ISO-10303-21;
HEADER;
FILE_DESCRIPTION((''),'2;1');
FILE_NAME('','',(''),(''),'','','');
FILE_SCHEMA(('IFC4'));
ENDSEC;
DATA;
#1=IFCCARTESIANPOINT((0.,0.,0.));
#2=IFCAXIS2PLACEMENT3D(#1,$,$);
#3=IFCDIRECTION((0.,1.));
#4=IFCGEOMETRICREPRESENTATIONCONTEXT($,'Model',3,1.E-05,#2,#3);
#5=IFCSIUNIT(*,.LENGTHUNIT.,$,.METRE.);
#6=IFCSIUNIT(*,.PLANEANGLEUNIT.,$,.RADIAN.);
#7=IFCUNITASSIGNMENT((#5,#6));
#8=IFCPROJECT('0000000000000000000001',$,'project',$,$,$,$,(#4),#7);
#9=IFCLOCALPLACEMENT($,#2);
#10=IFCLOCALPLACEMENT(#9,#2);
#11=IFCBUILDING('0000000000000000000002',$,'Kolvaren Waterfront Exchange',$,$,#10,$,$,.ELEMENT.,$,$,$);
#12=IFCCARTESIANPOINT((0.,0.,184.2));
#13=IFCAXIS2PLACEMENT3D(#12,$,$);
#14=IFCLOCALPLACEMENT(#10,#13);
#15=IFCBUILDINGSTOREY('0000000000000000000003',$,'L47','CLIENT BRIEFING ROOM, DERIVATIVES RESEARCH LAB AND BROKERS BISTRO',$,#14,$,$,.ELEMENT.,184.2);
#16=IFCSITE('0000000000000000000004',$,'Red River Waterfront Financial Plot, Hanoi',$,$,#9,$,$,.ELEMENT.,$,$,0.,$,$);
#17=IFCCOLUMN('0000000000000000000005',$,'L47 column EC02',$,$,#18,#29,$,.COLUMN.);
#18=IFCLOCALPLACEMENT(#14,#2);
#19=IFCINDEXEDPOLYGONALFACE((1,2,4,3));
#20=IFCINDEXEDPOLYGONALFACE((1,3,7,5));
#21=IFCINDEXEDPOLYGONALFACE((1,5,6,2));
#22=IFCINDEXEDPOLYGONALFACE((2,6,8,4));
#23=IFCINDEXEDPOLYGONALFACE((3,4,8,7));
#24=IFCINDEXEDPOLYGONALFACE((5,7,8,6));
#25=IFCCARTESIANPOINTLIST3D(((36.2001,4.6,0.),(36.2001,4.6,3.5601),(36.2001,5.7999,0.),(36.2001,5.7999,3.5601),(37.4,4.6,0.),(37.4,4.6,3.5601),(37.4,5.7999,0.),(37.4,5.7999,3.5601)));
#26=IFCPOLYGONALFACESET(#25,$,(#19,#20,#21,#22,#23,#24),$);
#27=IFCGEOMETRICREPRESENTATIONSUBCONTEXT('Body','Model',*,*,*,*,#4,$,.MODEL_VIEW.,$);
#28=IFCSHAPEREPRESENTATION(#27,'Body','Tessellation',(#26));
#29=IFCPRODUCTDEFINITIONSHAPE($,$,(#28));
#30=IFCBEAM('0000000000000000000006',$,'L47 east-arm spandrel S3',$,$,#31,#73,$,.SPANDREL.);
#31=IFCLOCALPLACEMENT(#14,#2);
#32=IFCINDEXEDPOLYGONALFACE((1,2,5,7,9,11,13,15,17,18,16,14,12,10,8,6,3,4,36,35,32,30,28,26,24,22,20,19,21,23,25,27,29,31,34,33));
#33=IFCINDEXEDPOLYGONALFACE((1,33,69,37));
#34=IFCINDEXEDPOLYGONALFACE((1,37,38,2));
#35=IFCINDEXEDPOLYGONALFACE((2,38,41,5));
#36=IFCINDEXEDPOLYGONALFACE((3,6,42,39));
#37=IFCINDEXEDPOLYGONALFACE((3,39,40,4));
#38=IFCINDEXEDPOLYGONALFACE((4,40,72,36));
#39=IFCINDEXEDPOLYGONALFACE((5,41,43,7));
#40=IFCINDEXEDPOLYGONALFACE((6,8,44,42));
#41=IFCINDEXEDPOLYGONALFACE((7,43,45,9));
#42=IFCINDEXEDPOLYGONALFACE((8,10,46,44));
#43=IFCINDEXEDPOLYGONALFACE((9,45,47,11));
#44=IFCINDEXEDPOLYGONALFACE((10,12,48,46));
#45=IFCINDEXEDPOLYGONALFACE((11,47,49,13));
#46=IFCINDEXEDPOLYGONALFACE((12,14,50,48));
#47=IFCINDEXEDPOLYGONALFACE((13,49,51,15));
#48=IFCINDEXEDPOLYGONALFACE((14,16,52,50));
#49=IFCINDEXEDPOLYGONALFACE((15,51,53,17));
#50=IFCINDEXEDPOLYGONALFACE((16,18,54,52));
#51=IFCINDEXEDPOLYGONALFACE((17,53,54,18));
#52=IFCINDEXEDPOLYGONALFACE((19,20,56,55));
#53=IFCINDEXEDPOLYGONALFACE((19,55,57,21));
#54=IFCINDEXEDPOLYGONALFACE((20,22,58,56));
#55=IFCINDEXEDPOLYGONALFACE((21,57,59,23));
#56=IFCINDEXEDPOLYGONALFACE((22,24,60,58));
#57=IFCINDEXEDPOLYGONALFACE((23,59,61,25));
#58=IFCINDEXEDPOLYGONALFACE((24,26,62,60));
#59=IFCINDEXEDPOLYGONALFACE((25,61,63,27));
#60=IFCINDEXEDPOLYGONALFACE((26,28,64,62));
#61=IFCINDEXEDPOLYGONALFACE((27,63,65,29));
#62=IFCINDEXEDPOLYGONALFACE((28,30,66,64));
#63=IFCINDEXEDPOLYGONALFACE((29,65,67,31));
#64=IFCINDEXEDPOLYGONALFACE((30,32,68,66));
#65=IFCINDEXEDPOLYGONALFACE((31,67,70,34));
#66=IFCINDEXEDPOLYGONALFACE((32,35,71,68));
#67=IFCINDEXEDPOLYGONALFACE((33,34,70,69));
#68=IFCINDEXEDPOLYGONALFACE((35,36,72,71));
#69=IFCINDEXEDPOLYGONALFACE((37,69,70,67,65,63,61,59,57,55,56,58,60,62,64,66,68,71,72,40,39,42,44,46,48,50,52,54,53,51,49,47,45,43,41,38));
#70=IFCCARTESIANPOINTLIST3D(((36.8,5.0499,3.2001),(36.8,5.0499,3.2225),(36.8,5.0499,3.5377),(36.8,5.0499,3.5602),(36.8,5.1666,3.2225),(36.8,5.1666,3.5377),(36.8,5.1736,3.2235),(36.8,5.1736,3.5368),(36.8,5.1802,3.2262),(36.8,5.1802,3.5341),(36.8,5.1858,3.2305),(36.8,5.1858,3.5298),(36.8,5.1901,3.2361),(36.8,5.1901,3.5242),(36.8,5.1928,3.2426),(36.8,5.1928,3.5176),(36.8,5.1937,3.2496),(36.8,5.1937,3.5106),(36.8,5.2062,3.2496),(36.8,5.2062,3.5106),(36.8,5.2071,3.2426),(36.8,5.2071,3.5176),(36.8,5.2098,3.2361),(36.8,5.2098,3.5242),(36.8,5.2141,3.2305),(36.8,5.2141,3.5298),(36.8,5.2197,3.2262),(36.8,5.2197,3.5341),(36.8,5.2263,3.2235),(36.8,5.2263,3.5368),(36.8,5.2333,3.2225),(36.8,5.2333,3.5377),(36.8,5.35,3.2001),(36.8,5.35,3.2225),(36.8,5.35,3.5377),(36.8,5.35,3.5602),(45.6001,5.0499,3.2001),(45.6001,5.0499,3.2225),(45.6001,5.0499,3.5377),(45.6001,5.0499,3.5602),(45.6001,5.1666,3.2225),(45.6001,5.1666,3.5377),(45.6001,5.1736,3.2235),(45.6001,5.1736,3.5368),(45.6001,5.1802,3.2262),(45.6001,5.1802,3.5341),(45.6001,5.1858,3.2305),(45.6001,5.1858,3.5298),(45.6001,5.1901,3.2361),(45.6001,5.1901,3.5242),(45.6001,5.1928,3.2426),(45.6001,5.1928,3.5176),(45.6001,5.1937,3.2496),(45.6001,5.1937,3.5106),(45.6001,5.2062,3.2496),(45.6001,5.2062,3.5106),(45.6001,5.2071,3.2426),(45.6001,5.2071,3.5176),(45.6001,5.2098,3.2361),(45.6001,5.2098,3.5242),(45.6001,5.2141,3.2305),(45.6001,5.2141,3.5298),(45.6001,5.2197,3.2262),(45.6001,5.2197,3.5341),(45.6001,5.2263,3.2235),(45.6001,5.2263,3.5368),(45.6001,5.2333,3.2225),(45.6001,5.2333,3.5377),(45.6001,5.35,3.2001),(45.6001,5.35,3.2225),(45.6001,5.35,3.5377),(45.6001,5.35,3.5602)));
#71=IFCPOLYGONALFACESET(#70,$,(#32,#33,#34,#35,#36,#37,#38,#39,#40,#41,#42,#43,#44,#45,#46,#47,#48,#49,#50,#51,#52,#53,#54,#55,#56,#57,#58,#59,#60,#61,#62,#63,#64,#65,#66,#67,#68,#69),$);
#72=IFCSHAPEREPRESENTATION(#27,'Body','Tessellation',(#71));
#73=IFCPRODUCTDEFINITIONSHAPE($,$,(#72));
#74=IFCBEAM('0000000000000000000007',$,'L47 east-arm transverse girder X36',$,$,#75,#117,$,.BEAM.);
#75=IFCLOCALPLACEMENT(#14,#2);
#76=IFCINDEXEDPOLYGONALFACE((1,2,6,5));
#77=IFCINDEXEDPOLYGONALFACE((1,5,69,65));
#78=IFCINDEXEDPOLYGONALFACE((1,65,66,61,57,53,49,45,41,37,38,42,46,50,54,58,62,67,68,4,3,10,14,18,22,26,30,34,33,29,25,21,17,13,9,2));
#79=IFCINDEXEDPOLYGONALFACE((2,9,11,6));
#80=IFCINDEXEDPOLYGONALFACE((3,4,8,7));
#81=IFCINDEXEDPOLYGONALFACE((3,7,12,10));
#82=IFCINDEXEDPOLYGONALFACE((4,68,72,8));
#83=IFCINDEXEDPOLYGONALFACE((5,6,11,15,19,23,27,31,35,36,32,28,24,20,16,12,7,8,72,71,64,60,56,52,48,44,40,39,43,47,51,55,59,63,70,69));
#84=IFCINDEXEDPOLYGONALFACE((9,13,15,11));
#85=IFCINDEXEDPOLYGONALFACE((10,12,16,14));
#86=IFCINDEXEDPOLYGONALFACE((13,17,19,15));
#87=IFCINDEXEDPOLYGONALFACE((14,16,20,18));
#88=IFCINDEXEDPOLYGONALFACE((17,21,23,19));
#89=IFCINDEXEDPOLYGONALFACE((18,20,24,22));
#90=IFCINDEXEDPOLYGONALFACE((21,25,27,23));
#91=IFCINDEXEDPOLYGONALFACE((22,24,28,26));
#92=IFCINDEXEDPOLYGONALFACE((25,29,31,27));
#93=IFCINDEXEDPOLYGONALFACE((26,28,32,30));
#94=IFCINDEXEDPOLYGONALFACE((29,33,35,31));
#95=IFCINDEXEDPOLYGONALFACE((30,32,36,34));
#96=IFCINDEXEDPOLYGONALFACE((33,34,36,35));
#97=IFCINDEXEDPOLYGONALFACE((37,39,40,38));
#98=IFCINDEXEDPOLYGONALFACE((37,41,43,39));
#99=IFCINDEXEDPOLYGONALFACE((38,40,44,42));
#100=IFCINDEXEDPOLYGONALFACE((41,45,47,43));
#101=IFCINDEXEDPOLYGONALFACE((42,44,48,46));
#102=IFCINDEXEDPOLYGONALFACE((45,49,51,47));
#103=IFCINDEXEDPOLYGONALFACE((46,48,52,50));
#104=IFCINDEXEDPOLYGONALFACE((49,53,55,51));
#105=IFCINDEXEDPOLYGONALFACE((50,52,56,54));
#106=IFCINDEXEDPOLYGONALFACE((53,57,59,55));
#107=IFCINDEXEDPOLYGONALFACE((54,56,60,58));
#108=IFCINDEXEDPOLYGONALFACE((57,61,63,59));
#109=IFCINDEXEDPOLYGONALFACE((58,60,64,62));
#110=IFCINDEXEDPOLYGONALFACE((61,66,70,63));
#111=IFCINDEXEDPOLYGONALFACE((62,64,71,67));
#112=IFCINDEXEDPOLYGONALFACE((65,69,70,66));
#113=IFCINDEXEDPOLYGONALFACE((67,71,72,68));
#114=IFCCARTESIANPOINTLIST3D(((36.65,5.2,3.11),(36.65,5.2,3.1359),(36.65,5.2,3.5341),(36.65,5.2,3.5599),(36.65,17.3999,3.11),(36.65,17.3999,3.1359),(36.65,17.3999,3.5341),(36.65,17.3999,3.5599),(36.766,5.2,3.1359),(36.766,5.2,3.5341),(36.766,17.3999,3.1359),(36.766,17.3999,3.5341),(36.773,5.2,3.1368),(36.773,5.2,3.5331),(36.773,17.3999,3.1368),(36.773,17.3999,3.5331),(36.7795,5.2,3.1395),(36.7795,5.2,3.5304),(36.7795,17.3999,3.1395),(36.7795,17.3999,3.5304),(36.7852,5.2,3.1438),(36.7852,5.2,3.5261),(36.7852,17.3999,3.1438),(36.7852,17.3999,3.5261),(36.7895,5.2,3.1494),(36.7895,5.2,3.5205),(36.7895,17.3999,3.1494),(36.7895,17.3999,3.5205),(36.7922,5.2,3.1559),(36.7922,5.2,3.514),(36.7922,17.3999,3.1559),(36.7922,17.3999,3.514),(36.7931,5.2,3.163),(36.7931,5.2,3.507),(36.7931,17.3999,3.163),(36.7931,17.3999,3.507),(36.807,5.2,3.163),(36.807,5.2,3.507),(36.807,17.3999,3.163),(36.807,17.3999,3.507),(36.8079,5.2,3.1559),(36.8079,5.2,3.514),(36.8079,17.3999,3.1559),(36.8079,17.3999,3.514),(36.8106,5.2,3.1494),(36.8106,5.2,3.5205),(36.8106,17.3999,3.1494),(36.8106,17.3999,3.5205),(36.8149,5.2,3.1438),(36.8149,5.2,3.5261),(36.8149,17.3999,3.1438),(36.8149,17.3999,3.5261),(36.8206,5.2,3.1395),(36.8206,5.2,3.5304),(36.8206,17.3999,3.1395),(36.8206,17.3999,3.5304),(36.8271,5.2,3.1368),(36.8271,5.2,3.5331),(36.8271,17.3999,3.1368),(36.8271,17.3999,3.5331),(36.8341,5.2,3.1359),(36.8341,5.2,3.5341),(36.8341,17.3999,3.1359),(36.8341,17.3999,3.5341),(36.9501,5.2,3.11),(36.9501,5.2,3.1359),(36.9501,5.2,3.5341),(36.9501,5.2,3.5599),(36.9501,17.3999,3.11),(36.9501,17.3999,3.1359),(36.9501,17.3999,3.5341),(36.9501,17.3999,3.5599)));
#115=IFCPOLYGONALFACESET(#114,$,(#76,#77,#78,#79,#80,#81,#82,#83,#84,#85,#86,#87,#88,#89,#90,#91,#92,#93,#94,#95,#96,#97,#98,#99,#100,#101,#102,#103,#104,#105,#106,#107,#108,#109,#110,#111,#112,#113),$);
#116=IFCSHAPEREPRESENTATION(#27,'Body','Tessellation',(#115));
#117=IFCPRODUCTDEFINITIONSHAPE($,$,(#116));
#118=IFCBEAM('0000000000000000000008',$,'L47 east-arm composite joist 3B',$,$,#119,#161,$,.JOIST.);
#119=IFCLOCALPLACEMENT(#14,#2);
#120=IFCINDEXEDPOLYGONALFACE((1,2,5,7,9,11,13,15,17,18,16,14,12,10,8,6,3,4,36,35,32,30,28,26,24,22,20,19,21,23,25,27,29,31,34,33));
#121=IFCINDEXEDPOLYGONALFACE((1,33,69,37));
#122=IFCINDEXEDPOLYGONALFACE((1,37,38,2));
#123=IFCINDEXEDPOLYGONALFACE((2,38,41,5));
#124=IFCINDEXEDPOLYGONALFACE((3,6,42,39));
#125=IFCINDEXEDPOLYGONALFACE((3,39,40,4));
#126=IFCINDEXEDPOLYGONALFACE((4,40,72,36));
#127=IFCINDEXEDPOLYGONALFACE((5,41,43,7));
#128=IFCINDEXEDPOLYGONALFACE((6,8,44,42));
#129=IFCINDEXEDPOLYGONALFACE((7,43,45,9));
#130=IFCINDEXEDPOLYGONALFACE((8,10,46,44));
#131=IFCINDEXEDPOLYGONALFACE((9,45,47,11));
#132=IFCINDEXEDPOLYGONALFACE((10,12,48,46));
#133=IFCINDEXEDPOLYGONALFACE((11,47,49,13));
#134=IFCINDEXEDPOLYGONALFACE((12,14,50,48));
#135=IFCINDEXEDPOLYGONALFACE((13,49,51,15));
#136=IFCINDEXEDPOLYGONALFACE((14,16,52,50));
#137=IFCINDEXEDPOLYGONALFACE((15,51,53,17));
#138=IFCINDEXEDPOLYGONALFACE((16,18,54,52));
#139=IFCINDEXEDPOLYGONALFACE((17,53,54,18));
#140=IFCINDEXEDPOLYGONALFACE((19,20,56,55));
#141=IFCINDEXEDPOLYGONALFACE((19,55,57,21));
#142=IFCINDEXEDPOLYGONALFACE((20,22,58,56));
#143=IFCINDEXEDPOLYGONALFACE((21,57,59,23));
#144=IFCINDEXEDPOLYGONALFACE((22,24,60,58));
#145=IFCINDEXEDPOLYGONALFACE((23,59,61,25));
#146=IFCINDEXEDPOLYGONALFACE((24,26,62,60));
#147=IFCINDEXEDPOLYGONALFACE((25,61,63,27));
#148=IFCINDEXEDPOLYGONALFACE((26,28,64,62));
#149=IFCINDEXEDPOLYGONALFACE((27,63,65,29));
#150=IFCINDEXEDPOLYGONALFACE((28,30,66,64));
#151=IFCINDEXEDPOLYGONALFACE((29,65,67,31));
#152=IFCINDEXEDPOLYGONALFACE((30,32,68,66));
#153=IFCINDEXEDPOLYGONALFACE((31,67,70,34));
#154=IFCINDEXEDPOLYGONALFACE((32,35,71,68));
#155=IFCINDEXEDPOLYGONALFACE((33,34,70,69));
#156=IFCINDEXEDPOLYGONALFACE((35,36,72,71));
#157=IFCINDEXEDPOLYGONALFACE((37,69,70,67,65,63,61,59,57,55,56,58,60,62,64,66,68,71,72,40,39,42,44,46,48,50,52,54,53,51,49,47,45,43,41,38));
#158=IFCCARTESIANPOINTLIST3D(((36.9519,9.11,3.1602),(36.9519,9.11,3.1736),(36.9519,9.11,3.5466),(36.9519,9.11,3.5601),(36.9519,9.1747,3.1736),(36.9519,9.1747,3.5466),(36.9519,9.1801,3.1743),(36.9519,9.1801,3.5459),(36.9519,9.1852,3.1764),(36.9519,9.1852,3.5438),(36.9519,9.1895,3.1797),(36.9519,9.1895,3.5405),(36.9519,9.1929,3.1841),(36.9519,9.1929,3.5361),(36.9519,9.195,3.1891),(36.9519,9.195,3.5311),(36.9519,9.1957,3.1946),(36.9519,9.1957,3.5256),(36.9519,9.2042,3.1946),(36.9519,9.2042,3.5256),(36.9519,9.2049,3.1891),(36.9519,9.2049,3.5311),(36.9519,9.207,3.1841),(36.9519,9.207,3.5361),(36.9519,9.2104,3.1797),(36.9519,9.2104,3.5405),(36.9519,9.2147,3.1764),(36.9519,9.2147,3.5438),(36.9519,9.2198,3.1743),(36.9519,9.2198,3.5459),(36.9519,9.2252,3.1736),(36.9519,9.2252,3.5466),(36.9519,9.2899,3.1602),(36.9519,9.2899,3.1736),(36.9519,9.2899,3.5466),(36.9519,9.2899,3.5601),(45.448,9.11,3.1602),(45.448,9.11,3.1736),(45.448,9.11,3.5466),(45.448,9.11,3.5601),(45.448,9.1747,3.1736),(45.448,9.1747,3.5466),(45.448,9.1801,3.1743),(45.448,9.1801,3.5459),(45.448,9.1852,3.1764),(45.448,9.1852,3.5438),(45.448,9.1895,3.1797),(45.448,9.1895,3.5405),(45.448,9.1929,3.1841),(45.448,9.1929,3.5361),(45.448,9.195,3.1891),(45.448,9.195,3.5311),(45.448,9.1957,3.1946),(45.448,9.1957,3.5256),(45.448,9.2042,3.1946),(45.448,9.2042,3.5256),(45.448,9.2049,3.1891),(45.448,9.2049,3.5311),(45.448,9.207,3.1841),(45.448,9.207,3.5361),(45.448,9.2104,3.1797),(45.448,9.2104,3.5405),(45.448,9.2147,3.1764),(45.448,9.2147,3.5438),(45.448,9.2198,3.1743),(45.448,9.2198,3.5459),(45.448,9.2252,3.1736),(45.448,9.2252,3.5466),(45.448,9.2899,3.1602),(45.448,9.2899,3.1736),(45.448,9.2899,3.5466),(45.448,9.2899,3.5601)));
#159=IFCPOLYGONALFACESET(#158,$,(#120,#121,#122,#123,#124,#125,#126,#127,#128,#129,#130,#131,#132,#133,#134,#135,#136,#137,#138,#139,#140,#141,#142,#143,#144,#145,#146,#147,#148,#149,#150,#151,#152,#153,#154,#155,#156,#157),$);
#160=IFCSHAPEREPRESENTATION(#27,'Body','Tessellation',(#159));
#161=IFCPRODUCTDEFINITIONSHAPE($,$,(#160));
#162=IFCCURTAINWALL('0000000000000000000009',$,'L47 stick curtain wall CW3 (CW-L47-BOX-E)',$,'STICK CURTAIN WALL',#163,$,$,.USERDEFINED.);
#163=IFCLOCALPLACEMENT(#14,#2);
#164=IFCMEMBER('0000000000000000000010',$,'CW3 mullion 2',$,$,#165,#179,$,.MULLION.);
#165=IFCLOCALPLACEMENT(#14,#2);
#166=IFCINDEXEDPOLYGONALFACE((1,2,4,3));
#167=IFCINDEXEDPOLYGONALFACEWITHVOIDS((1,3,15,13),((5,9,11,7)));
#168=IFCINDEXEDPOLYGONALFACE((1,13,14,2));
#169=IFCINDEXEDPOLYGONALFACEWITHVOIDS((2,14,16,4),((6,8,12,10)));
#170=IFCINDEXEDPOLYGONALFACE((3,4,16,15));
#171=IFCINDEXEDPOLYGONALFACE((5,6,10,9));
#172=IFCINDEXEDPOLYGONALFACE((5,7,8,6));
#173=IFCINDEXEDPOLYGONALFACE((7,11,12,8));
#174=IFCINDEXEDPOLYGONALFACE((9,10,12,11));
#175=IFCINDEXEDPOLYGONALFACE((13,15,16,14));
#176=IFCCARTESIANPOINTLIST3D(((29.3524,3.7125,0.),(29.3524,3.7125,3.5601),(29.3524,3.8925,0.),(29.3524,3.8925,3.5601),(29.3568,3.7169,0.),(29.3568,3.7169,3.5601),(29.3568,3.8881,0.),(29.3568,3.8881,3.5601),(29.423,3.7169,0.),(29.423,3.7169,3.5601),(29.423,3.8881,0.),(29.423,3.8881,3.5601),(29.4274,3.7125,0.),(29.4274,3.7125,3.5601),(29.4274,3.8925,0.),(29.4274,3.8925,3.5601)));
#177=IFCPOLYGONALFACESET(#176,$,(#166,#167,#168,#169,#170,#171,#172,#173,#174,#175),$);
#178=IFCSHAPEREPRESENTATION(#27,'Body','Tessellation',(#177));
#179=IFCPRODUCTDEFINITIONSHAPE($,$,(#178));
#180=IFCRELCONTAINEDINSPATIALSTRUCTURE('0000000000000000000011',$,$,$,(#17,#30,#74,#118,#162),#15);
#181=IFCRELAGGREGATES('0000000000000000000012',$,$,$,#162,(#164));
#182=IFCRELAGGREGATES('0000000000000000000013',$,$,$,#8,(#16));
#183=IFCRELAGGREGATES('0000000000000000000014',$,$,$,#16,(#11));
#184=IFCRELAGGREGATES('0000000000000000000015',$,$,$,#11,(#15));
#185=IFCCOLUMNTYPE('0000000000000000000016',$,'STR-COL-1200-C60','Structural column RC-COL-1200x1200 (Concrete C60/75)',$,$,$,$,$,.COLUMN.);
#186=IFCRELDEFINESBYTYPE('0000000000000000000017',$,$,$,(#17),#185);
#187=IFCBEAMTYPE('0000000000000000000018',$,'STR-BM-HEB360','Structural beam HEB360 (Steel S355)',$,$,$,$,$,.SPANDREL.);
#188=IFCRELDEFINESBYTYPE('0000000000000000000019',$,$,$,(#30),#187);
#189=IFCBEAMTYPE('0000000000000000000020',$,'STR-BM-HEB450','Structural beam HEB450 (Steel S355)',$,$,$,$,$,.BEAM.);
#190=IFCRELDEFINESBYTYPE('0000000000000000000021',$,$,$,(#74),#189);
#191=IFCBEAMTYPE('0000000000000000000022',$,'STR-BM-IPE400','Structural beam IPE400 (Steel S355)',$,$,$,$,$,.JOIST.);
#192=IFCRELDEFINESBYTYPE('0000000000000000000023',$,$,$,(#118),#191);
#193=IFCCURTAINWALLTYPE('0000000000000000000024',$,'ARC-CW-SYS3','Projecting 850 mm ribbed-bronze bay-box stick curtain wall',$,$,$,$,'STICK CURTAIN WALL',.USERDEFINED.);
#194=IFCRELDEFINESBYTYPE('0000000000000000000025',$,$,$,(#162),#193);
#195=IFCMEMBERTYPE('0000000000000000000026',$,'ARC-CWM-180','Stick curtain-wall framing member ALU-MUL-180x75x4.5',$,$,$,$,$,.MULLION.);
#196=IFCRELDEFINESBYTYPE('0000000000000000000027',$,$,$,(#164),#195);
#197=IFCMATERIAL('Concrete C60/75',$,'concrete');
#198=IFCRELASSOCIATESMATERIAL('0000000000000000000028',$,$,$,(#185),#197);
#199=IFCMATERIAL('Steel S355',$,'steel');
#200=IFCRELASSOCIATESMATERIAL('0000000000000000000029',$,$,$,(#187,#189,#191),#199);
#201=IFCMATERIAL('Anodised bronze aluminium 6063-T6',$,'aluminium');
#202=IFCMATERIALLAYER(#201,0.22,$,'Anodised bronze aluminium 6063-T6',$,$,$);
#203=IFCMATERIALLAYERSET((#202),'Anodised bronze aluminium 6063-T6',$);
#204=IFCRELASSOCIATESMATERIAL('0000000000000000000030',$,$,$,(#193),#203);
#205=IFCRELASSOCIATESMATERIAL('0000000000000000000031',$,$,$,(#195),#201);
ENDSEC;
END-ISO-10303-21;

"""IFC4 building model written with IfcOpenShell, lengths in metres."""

from ifc_helpers import new_model, si_unit, direction, frame, origin, origin_with_axes, origin_2d, place, context, subcontext, project, spatial, rectangle, hollow_rectangle, i_section, extrude, source, transform, mapped, material, layer, layer_set, material_profile, profile_set, type_object, element, aggregate, save


model = new_model("IFC4")

# Units and contexts
model_context = context("Model", 3, precision=1e-05, world=origin(), true_north=direction((0.0, 1.0)))
body_context = subcontext(model_context, "Body", "Model", "MODEL_VIEW")
ifc_project = project(units=[si_unit("LENGTHUNIT", "METRE"), si_unit("PLANEANGLEUNIT", "RADIAN")], contexts=[model_context])

# Site, building, storey
site_placement = place(None, origin())
site = spatial("IfcSite", under=ifc_project, at=site_placement, Name="Red River Waterfront Financial Plot, Hanoi", CompositionType="ELEMENT", RefElevation=0.0)
building_placement = place(site_placement, origin())
building = spatial("IfcBuilding", under=site, at=building_placement, Name="Kolvaren Waterfront Exchange", CompositionType="ELEMENT")
storey_placement = place(building_placement, frame((0.0, 0.0, 184.2)))
storey = spatial("IfcBuildingStorey", under=building, at=storey_placement, Name="L47", Description="CLIENT BRIEFING ROOM, DERIVATIVES RESEARCH LAB AND BROKERS BISTRO", CompositionType="ELEMENT", Elevation=184.2)

# Column
ifc_material_1 = material(Name="Concrete C60/75", Category="concrete")
ifc_material_profile_1 = material_profile(ifc_material_1, rectangle(XDim=1.2, YDim=1.2, at=origin_2d()), Name="RC-COL-1200x1200")
ifc_profile_set_1 = profile_set([ifc_material_profile_1], Name="Concrete C60/75")
column_type = type_object("IfcColumnType", Name="STR-COL-1200-C60", Description="Structural column RC-COL-1200x1200 (Concrete C60/75)", PredefinedType="COLUMN", material=ifc_profile_set_1)
column_placement = place(storey_placement, frame((36.8, 5.2, 0.0), z_axis=(0.0, 0.0, 1.0), x_axis=(1.0, 0.0, 0.0)))
element("IfcColumn", 1, at=column_placement, inside=storey, type_object=column_type, Name="L47 column EC02", PredefinedType="COLUMN", context=body_context, shape_type="SweptSolid", body=[
    extrude(rectangle(XDim=1.2, YDim=1.2, at=origin_2d()), origin(), (0.0, 0.0, 1.0), 3.5601),
])

# Beams
ifc_material_2 = material(Name="Steel S355", Category="steel")
ifc_material_profile_2 = material_profile(ifc_material_2, i_section(OverallWidth=0.3, OverallDepth=0.3601, WebThickness=0.0125, FlangeThickness=0.0225, FilletRadius=0.0271, at=origin_2d()), Name="HEB360")
ifc_profile_set_2 = profile_set([ifc_material_profile_2], Name="Steel S355")
beam_type_1 = type_object("IfcBeamType", Name="STR-BM-HEB360", Description="Structural beam HEB360 (Steel S355)", PredefinedType="SPANDREL", material=ifc_profile_set_2)
beam_1_placement = place(storey_placement, frame((36.8, 5.2, 3.3801), z_axis=(1.0, 0.0, 0.0), x_axis=(0.0, 1.0, 0.0)))
element("IfcBeam", 2, at=beam_1_placement, inside=storey, type_object=beam_type_1, Name="L47 east-arm spandrel S3", PredefinedType="SPANDREL", context=body_context, shape_type="SweptSolid", body=[
    extrude(i_section(OverallWidth=0.3, OverallDepth=0.3601, WebThickness=0.0125, FlangeThickness=0.0225, FilletRadius=0.0271, at=origin_2d()), origin(), (0.0, 0.0, 1.0), 8.8),
])
ifc_material_profile_3 = material_profile(ifc_material_2, i_section(OverallWidth=0.3, OverallDepth=0.45, WebThickness=0.0139, FlangeThickness=0.0259, FilletRadius=0.0271, at=origin_2d()), Name="HEB450")
ifc_profile_set_3 = profile_set([ifc_material_profile_3], Name="Steel S355")
beam_type_2 = type_object("IfcBeamType", Name="STR-BM-HEB450", Description="Structural beam HEB450 (Steel S355)", PredefinedType="BEAM", material=ifc_profile_set_3)
beam_2_placement = place(storey_placement, frame((36.8, 5.2, 3.335), z_axis=(0.0, 1.0, 0.0), x_axis=(-1.0, 0.0, 0.0)))
element("IfcBeam", 3, at=beam_2_placement, inside=storey, type_object=beam_type_2, Name="L47 east-arm transverse girder X36", PredefinedType="BEAM", context=body_context, shape_type="SweptSolid", body=[
    extrude(i_section(OverallWidth=0.3, OverallDepth=0.45, WebThickness=0.0139, FlangeThickness=0.0259, FilletRadius=0.0271, at=origin_2d()), origin(), (0.0, 0.0, 1.0), 12.2),
])
ifc_material_profile_4 = material_profile(ifc_material_2, i_section(OverallWidth=0.1799, OverallDepth=0.3999, WebThickness=0.0085, FlangeThickness=0.0134, FilletRadius=0.021, at=origin_2d()), Name="IPE400")
ifc_profile_set_4 = profile_set([ifc_material_profile_4], Name="Steel S355")
beam_type_3 = type_object("IfcBeamType", Name="STR-BM-IPE400", Description="Structural beam IPE400 (Steel S355)", PredefinedType="JOIST", material=ifc_profile_set_4)
beam_3_placement = place(storey_placement, frame((36.9519, 9.2, 3.3601), z_axis=(1.0, 0.0, 0.0), x_axis=(0.0, 1.0, 0.0)))
element("IfcBeam", 4, at=beam_3_placement, inside=storey, type_object=beam_type_3, Name="L47 east-arm composite joist 3B", PredefinedType="JOIST", context=body_context, shape_type="SweptSolid", body=[
    extrude(i_section(OverallWidth=0.1799, OverallDepth=0.3999, WebThickness=0.0085, FlangeThickness=0.0134, FilletRadius=0.021, at=origin_2d()), origin(), (0.0, 0.0, 1.0), 8.4961),
])

# Curtain wall, member
ifc_material_3 = material(Name="Anodised bronze aluminium 6063-T6", Category="aluminium")
ifc_layer_1 = layer(ifc_material_3, 0.22, Name="Anodised bronze aluminium 6063-T6")
ifc_layer_set_1 = layer_set([ifc_layer_1], Name="Anodised bronze aluminium 6063-T6")
curtain_wall_type_1 = type_object("IfcCurtainWallType", Name="ARC-CW-SYS3", Description="Projecting 850 mm ribbed-bronze bay-box stick curtain wall", ElementType="STICK CURTAIN WALL", PredefinedType="USERDEFINED", material=ifc_layer_set_1)
curtain_wall_1_placement = place(storey_placement, origin())
curtain_wall_1 = element("IfcCurtainWall", 5, at=curtain_wall_1_placement, inside=storey, type_object=curtain_wall_type_1, Name="L47 stick curtain wall CW3 (CW-L47-BOX-E)", ObjectType="STICK CURTAIN WALL", PredefinedType="USERDEFINED")
ifc_material_profile_5 = material_profile(ifc_material_3, hollow_rectangle(XDim=0.075, YDim=0.1799, WallThickness=0.0044, at=origin_2d()), Name="ALU-MUL-180x75x4.5")
ifc_profile_set_5 = profile_set([ifc_material_profile_5], Name="Anodised bronze aluminium 6063-T6")
member_type_1 = type_object("IfcMemberType", Name="ARC-CWM-180", Description="Stick curtain-wall framing member ALU-MUL-180x75x4.5", PredefinedType="MULLION", material=ifc_profile_set_5)
shared_shape_1 = source(origin_with_axes(), body_context, "Body", "SweptSolid", [
    extrude(hollow_rectangle(XDim=0.075, YDim=0.1799, WallThickness=0.0044, at=origin_2d()), origin(), (0.0, 0.0, 1.0), 3.5601),
])
member_1_placement = place(storey_placement, frame((29.3899, 3.8025, 0.0), z_axis=(0.0, 0.0, 1.0), x_axis=(-1.0, 0.0, 0.0)))
member_1 = element("IfcMember", 6, at=member_1_placement, type_object=member_type_1, Name="CW3 mullion 2", PredefinedType="MULLION", context=body_context, shape_type="MappedRepresentation", body=[
    mapped(shared_shape_1, transform((0.0, 0.0, 0.0), x_axis=(1.0, 0.0, 0.0), y_axis=(0.0, 1.0, 0.0), z_axis=(0.0, 0.0, 1.0), scale=1.0)),
])

aggregate(curtain_wall_1, [member_1])

save(model, "model.ifc")
